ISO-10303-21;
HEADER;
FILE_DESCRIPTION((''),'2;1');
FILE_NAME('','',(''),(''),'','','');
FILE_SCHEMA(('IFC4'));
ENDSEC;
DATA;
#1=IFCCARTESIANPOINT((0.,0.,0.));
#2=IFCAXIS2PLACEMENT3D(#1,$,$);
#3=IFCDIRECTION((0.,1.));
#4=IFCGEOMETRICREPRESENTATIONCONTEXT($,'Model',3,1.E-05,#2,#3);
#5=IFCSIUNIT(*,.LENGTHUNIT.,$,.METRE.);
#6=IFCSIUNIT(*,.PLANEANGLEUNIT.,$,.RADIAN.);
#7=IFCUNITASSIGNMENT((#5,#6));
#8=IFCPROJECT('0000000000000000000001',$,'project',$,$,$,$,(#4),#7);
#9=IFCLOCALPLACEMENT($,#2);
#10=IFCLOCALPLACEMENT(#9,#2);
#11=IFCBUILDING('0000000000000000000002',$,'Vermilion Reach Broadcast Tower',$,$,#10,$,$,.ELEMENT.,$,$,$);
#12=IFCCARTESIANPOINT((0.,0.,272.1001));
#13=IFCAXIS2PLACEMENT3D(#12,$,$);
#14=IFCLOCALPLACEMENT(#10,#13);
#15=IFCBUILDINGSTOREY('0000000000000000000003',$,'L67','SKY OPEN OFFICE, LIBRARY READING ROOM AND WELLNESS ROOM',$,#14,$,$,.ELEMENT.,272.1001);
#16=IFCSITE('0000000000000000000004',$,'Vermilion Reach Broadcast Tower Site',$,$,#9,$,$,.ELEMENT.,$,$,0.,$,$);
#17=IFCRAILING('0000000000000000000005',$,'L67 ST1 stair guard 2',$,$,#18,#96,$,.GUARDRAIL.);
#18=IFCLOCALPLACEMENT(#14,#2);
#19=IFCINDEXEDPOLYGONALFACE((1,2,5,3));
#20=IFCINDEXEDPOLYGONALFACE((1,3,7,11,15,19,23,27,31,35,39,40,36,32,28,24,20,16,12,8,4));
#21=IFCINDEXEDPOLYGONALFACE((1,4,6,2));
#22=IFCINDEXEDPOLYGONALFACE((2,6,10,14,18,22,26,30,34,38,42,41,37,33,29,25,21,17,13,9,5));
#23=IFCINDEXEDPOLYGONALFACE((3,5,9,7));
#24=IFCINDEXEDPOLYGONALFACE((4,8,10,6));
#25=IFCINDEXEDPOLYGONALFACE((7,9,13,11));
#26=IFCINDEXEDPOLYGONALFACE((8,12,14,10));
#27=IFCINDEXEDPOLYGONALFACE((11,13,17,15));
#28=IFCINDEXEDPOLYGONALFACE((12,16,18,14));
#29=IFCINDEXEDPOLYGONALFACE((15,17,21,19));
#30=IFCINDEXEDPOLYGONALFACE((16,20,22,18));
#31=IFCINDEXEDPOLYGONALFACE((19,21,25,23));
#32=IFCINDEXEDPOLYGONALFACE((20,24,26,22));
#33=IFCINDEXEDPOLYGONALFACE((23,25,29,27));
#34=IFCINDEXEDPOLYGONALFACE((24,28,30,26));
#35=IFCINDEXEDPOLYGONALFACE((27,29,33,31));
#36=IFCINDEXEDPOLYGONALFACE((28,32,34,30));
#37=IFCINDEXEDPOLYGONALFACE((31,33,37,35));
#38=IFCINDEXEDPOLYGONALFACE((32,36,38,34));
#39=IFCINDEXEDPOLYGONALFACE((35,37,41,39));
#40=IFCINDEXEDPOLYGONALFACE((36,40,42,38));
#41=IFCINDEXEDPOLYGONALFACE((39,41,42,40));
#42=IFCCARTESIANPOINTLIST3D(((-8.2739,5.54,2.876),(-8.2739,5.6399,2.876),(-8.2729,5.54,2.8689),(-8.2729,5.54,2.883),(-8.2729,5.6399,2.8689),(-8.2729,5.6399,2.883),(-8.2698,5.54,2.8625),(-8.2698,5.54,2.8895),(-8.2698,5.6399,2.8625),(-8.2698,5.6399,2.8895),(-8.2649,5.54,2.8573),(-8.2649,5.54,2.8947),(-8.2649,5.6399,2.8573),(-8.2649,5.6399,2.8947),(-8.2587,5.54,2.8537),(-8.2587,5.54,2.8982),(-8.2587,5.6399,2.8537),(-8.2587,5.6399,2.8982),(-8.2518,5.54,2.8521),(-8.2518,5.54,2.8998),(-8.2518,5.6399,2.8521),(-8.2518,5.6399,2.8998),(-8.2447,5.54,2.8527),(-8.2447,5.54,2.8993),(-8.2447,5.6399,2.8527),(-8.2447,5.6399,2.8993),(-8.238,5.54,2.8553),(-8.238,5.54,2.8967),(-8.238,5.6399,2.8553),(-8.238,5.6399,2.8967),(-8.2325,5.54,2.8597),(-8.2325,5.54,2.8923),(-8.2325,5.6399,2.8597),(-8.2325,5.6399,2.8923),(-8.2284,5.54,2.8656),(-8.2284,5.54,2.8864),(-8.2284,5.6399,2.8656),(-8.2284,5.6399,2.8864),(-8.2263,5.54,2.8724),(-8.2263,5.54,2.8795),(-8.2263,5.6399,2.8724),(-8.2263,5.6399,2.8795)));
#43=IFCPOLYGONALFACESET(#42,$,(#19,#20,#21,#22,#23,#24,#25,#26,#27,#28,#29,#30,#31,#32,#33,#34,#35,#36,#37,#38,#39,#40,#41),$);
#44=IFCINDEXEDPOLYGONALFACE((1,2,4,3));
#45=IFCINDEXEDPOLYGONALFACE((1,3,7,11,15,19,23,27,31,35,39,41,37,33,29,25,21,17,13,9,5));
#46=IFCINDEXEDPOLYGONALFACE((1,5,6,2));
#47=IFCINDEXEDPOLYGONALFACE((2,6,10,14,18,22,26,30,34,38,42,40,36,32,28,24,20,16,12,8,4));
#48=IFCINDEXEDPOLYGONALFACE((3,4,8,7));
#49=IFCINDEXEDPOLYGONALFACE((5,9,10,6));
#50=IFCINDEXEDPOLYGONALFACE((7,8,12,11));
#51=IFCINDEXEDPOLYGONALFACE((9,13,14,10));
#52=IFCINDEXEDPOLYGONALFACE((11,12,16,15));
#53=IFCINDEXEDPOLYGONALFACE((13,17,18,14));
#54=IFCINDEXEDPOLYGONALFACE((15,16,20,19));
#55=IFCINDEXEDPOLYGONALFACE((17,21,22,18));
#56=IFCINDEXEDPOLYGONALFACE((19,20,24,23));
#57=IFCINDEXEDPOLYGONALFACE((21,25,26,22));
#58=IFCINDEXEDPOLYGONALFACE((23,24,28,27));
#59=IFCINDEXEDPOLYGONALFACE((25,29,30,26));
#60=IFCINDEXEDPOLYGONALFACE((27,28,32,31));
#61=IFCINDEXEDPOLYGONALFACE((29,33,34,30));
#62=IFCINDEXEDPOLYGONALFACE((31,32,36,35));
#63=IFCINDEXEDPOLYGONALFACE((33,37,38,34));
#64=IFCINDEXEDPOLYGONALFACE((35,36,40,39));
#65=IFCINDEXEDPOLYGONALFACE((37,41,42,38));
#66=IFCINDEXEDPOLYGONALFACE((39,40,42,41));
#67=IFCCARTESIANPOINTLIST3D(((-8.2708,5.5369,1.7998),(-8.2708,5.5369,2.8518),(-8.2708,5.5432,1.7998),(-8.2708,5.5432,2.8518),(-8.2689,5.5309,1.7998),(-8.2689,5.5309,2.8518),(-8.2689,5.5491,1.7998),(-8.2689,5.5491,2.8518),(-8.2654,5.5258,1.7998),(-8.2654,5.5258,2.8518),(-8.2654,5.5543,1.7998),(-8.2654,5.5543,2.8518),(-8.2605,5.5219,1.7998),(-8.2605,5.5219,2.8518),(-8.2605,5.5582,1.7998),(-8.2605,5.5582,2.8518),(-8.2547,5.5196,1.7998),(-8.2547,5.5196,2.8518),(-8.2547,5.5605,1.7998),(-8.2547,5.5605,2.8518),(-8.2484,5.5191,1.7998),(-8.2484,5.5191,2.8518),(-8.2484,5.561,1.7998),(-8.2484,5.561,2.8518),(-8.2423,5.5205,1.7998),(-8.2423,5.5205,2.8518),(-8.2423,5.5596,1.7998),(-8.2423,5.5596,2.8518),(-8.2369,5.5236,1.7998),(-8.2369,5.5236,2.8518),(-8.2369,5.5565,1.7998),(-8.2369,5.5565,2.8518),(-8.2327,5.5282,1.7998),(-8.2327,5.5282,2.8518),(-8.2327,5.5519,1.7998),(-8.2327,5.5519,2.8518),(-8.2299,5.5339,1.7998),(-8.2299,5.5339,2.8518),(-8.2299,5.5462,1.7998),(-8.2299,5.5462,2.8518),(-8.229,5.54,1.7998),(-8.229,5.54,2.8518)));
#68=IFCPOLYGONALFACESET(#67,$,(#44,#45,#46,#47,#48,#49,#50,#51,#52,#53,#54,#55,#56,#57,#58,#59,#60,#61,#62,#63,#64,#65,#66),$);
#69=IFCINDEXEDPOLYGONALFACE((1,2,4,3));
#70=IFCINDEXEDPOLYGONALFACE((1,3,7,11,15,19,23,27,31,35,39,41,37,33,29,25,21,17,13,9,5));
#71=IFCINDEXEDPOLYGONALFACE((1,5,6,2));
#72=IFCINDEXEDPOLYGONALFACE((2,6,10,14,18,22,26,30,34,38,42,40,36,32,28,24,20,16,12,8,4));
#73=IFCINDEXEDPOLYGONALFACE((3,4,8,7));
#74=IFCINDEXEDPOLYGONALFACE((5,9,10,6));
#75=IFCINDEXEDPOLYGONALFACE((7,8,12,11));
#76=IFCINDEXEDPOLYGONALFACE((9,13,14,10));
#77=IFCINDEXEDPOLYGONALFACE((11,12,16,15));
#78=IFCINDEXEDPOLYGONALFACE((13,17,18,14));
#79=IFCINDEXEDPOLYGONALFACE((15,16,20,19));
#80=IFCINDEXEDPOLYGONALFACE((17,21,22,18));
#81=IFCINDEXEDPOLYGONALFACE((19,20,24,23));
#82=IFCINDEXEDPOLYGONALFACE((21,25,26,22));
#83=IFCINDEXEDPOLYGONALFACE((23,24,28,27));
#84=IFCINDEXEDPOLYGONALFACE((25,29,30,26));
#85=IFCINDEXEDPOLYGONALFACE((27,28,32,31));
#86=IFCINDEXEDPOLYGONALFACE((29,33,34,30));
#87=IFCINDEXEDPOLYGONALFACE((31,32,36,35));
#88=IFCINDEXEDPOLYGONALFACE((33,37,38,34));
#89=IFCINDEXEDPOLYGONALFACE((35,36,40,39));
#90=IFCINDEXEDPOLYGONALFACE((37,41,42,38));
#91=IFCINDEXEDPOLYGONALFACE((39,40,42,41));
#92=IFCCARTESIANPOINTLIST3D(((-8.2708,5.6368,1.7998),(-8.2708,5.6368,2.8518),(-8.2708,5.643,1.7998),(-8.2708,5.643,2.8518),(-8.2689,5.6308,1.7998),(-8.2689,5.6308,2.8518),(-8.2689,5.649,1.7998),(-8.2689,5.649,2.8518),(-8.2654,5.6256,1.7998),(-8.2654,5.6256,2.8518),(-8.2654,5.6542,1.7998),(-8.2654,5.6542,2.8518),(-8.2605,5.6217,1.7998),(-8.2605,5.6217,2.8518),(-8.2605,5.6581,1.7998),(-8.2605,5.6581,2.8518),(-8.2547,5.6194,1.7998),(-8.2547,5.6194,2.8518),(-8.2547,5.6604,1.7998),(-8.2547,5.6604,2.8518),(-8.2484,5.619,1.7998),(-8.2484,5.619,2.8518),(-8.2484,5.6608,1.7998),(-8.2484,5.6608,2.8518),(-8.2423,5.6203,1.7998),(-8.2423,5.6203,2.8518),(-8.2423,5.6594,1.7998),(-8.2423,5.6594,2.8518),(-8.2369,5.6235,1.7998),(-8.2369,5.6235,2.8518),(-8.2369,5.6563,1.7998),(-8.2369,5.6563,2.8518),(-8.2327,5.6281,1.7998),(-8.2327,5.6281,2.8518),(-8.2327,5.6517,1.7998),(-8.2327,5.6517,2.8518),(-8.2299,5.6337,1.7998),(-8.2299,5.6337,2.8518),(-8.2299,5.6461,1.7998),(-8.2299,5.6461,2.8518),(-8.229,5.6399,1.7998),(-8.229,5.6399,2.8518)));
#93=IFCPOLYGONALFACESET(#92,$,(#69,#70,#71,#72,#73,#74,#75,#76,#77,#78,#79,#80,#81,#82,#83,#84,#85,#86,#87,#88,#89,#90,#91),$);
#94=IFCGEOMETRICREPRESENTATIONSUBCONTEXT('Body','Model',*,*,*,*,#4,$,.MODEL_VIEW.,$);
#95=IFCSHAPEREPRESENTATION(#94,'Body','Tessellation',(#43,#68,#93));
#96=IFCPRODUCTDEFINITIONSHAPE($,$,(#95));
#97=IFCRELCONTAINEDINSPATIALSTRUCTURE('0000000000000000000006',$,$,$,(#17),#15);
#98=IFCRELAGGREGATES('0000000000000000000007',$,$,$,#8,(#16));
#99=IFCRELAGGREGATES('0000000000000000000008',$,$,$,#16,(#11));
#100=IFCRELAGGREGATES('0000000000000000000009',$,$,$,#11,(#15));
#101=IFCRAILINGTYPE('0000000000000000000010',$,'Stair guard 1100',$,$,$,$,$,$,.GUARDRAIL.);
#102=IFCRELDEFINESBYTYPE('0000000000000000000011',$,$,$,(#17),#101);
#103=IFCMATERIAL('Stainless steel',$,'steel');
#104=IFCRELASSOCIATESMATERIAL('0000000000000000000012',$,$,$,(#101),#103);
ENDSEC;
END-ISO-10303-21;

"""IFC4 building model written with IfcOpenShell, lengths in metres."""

from ifc_helpers import new_model, si_unit, direction, frame, origin, origin_2d, place, context, subcontext, project, spatial, circle, extrude, material, type_object, element, save


model = new_model("IFC4")

# Units and contexts
model_context = context("Model", 3, precision=1e-05, world=origin(), true_north=direction((0.0, 1.0)))
body_context = subcontext(model_context, "Body", "Model", "MODEL_VIEW")
ifc_project = project(units=[si_unit("LENGTHUNIT", "METRE"), si_unit("PLANEANGLEUNIT", "RADIAN")], contexts=[model_context])

# Site, building, storey
site_placement = place(None, origin())
site = spatial("IfcSite", under=ifc_project, at=site_placement, Name="Vermilion Reach Broadcast Tower Site", CompositionType="ELEMENT", RefElevation=0.0)
building_placement = place(site_placement, origin())
building = spatial("IfcBuilding", under=site, at=building_placement, Name="Vermilion Reach Broadcast Tower", CompositionType="ELEMENT")
storey_placement = place(building_placement, frame((0.0, 0.0, 272.1001)))
storey = spatial("IfcBuildingStorey", under=building, at=storey_placement, Name="L67", Description="SKY OPEN OFFICE, LIBRARY READING ROOM AND WELLNESS ROOM", CompositionType="ELEMENT", Elevation=272.1001)

# Railing
ifc_material_1 = material(Name="Stainless steel", Category="steel")
railing_type_1 = type_object("IfcRailingType", Name="Stair guard 1100", PredefinedType="GUARDRAIL", material=ifc_material_1)
railing_1_placement = place(storey_placement, frame((-8.25, 5.54, 1.7998)))
element("IfcRailing", 1, at=railing_1_placement, inside=storey, type_object=railing_type_1, Name="L67 ST1 stair guard 2", PredefinedType="GUARDRAIL", context=body_context, shape_type="SweptSolid", body=[
    extrude(circle(Radius=0.0239, at=origin_2d()), frame((0.0, 0.0, 1.0762), z_axis=(0.0, 1.0, 0.0), x_axis=(-1.0, 0.0, 0.0)), (0.0, 0.0, 1.0), 0.0999),
    extrude(circle(Radius=0.021, at=origin_2d()), origin(), (0.0, 0.0, 1.0), 1.052),
    extrude(circle(Radius=0.021, at=origin_2d()), frame((0.0, 0.0999, 0.0)), (0.0, 0.0, 1.0), 1.052),
])

save(model, "model.ifc")
